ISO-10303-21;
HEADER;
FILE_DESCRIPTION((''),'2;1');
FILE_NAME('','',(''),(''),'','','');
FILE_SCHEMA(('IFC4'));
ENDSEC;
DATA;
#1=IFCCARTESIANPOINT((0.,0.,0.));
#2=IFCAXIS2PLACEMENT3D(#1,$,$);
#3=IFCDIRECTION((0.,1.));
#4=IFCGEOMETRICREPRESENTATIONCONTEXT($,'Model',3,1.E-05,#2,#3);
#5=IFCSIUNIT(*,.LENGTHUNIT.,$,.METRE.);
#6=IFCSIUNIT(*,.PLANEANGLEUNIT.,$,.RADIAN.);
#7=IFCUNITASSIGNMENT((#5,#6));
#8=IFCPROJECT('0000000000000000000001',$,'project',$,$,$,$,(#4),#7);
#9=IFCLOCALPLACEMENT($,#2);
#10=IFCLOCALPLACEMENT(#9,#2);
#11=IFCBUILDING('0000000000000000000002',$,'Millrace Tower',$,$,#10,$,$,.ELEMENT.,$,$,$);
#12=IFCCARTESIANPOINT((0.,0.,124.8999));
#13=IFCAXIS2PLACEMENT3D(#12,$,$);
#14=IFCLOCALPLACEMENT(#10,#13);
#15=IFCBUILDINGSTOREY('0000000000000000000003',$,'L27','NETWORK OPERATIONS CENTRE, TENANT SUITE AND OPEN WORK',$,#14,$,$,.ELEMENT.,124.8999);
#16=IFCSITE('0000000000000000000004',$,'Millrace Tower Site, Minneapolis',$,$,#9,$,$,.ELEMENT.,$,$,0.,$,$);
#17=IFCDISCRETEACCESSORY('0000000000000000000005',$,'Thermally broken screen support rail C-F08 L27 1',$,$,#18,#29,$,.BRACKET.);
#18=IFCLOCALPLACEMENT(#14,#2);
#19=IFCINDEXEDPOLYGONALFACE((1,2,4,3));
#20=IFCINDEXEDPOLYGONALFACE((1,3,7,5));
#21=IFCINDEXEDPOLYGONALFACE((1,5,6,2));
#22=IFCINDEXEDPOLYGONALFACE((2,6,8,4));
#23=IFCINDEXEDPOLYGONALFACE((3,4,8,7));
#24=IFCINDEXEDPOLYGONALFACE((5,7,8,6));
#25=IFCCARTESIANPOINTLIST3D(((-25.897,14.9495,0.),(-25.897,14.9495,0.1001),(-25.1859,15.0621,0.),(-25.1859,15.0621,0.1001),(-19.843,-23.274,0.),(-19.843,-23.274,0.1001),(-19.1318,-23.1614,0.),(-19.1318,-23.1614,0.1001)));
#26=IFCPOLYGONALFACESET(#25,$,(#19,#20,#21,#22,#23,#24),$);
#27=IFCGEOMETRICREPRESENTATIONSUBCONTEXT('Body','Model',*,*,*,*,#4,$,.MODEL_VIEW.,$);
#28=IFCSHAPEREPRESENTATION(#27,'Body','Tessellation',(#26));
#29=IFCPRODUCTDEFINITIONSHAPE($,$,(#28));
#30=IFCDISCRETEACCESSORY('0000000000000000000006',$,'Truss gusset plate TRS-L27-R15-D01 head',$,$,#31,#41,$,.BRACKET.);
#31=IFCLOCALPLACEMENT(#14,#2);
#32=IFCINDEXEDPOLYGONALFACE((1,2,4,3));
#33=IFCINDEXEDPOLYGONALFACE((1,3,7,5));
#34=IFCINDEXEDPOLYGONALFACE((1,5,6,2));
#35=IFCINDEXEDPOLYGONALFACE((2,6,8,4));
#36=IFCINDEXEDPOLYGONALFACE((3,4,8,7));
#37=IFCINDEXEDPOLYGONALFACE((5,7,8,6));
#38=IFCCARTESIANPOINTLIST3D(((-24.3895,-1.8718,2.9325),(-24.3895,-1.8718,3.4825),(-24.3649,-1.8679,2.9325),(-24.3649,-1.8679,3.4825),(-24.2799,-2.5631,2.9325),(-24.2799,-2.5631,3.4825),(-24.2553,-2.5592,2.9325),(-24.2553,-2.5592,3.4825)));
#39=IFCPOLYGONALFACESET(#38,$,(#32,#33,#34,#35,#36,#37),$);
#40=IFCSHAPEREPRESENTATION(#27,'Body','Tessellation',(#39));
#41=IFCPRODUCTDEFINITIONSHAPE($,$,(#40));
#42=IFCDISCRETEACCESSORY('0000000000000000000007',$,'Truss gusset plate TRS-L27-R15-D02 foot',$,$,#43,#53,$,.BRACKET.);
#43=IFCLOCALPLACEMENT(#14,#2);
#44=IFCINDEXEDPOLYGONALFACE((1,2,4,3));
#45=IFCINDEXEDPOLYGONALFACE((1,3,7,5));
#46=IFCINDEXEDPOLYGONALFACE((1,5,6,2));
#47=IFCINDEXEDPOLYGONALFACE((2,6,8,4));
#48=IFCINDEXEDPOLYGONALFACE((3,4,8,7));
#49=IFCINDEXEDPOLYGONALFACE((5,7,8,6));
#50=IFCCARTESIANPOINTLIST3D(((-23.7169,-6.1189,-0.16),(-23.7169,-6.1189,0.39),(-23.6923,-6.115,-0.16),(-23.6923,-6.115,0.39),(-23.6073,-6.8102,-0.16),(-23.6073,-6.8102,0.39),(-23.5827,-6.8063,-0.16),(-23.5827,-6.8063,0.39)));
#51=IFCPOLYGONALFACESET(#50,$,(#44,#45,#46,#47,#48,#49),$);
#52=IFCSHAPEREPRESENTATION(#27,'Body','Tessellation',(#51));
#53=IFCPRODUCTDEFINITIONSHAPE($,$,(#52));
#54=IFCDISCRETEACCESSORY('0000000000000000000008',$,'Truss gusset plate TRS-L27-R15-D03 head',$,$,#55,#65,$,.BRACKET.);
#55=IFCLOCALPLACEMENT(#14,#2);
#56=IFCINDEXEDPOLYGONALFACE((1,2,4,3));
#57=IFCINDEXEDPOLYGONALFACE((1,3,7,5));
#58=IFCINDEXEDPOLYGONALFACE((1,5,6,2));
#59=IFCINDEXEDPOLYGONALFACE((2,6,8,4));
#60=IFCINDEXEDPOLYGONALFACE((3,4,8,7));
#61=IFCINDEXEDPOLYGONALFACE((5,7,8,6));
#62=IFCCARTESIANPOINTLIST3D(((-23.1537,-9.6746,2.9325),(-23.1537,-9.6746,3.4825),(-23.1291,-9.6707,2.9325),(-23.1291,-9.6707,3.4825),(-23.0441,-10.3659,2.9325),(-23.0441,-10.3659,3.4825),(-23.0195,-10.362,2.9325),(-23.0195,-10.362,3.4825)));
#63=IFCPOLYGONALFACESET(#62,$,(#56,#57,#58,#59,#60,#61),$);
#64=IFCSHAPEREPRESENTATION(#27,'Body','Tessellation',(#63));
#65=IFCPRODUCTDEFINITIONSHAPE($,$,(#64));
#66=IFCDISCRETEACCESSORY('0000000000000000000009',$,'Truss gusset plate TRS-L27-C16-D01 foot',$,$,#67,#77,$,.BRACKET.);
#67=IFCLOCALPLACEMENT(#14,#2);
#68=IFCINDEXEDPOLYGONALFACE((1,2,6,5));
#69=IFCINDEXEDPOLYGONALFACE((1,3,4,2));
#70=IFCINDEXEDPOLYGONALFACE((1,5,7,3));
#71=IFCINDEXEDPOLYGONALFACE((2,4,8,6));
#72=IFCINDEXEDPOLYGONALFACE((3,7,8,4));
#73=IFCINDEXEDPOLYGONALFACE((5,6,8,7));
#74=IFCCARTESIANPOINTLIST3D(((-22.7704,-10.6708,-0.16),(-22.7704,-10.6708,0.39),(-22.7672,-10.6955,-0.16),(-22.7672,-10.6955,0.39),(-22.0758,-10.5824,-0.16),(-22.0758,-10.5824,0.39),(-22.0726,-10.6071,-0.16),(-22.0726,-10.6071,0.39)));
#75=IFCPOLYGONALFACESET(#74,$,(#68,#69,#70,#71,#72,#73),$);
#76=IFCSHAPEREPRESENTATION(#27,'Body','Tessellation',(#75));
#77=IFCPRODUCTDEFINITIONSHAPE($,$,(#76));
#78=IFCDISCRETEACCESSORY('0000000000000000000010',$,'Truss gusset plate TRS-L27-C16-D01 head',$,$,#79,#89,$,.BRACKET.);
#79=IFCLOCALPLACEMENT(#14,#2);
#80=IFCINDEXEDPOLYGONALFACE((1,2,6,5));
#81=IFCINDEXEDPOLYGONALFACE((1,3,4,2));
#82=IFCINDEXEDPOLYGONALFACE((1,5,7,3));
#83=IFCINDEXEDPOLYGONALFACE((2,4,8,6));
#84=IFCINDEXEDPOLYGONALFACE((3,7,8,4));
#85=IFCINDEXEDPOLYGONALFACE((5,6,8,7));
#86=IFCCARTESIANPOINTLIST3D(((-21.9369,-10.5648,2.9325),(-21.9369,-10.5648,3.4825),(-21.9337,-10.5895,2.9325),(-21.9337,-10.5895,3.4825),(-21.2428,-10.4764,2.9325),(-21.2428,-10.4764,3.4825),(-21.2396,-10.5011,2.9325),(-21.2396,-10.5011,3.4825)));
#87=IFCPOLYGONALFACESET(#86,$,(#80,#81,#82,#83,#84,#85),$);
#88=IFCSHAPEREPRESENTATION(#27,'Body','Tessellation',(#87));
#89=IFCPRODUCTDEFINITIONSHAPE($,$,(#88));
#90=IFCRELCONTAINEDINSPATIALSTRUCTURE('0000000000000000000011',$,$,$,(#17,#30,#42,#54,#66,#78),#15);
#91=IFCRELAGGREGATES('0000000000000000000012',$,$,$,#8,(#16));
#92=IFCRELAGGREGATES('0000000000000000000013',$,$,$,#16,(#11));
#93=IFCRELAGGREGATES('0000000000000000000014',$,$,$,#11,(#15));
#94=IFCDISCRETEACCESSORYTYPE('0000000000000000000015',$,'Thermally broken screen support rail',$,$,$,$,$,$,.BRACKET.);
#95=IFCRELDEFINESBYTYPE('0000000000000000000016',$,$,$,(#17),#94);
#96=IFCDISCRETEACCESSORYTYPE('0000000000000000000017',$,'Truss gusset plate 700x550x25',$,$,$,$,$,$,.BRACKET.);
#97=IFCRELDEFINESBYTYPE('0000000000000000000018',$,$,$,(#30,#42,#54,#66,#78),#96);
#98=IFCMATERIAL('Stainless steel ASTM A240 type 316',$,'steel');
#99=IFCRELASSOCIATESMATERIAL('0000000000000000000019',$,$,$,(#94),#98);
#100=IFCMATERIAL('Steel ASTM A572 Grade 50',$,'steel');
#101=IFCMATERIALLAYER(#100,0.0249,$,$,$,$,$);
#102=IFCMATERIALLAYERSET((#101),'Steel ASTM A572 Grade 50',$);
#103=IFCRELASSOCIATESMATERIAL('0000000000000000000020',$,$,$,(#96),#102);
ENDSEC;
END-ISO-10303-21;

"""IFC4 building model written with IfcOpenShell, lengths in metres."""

from ifc_helpers import new_model, si_unit, direction, frame, origin, origin_2d, place, context, subcontext, project, spatial, rectangle, extrude, material, layer, layer_set, type_object, element, save


model = new_model("IFC4")

# Units and contexts
model_context = context("Model", 3, precision=1e-05, world=origin(), true_north=direction((0.0, 1.0)))
body_context = subcontext(model_context, "Body", "Model", "MODEL_VIEW")
ifc_project = project(units=[si_unit("LENGTHUNIT", "METRE"), si_unit("PLANEANGLEUNIT", "RADIAN")], contexts=[model_context])

# Site, building, storey
site_placement = place(None, origin())
site = spatial("IfcSite", under=ifc_project, at=site_placement, Name="Millrace Tower Site, Minneapolis", CompositionType="ELEMENT", RefElevation=0.0)
building_placement = place(site_placement, origin())
building = spatial("IfcBuilding", under=site, at=building_placement, Name="Millrace Tower", CompositionType="ELEMENT")
storey_placement = place(building_placement, frame((0.0, 0.0, 124.8999)))
storey = spatial("IfcBuildingStorey", under=building, at=storey_placement, Name="L27", Description="NETWORK OPERATIONS CENTRE, TENANT SUITE AND OPEN WORK", CompositionType="ELEMENT", Elevation=124.8999)

# Discrete accessories
ifc_material_1 = material(Name="Stainless steel ASTM A240 type 316", Category="steel")
discrete_accessory_type_1 = type_object("IfcDiscreteAccessoryType", Name="Thermally broken screen support rail", PredefinedType="BRACKET", material=ifc_material_1)
discrete_accessory_1_placement = place(storey_placement, frame((-22.5144, -4.106, 0.0), z_axis=(0.0, 0.0, 1.0), x_axis=(0.156434, -0.987688, 0.0)))
element("IfcDiscreteAccessory", 1, at=discrete_accessory_1_placement, inside=storey, type_object=discrete_accessory_type_1, Name="Thermally broken screen support rail C-F08 L27 1", PredefinedType="BRACKET", context=body_context, shape_type="SweptSolid", body=[
    extrude(rectangle(XDim=38.7, YDim=0.72, at=origin_2d()), origin(), (0.0, 0.0, 1.0), 0.1001),
])
ifc_material_2 = material(Name="Steel ASTM A572 Grade 50", Category="steel")
ifc_layer_1 = layer(ifc_material_2, 0.0249)
ifc_layer_set_1 = layer_set([ifc_layer_1], Name="Steel ASTM A572 Grade 50")
discrete_accessory_type_2 = type_object("IfcDiscreteAccessoryType", Name="Truss gusset plate 700x550x25", PredefinedType="BRACKET", material=ifc_layer_set_1)
for number, where, z_axis, x_axis, name in (
    (2, (-24.3772, -1.8699, 3.2075), (0.156589, -0.987664, 0.0), (0.987664, 0.156589, 0.0), "Truss gusset plate TRS-L27-R15-D01 head"),
    (3, (-23.7046, -6.1169, 0.115), (0.156589, -0.987664, 0.0), (0.987664, 0.156589, 0.0), "Truss gusset plate TRS-L27-R15-D02 foot"),
    (4, (-23.1414, -9.6726, 3.2075), (0.156589, -0.987664, 0.0), (0.987664, 0.156589, 0.0), "Truss gusset plate TRS-L27-R15-D03 head"),
):
    element("IfcDiscreteAccessory", number, at=place(storey_placement, frame(where, z_axis=z_axis, x_axis=x_axis)), inside=storey, type_object=discrete_accessory_type_2, Name=name, PredefinedType="BRACKET", context=body_context, shape_type="SweptSolid", body=[
        extrude(rectangle(XDim=0.0249, YDim=0.55, at=origin_2d()), origin(), (0.0, 0.0, 1.0), 0.7),
    ])
discrete_accessory_2_placement = place(storey_placement, frame((-22.7688, -10.6831, 0.115), z_axis=(0.992002, 0.126223, 0.0), x_axis=(-0.126223, 0.992002, 0.0)))
element("IfcDiscreteAccessory", 5, at=discrete_accessory_2_placement, inside=storey, type_object=discrete_accessory_type_2, Name="Truss gusset plate TRS-L27-C16-D01 foot", PredefinedType="BRACKET", context=body_context, shape_type="SweptSolid", body=[
    extrude(rectangle(XDim=0.0249, YDim=0.55, at=origin_2d()), origin(), (0.0, 0.0, 1.0), 0.7002),
])
discrete_accessory_3_placement = place(storey_placement, frame((-21.9353, -10.5771, 3.2075), z_axis=(0.991991, 0.12631, 0.0), x_axis=(-0.12631, 0.991991, 0.0)))
element("IfcDiscreteAccessory", 6, at=discrete_accessory_3_placement, inside=storey, type_object=discrete_accessory_type_2, Name="Truss gusset plate TRS-L27-C16-D01 head", PredefinedType="BRACKET", context=body_context, shape_type="SweptSolid", body=[
    extrude(rectangle(XDim=0.0249, YDim=0.55, at=origin_2d()), origin(), (0.0, 0.0, 1.0), 0.6997),
])

save(model, "model.ifc")
